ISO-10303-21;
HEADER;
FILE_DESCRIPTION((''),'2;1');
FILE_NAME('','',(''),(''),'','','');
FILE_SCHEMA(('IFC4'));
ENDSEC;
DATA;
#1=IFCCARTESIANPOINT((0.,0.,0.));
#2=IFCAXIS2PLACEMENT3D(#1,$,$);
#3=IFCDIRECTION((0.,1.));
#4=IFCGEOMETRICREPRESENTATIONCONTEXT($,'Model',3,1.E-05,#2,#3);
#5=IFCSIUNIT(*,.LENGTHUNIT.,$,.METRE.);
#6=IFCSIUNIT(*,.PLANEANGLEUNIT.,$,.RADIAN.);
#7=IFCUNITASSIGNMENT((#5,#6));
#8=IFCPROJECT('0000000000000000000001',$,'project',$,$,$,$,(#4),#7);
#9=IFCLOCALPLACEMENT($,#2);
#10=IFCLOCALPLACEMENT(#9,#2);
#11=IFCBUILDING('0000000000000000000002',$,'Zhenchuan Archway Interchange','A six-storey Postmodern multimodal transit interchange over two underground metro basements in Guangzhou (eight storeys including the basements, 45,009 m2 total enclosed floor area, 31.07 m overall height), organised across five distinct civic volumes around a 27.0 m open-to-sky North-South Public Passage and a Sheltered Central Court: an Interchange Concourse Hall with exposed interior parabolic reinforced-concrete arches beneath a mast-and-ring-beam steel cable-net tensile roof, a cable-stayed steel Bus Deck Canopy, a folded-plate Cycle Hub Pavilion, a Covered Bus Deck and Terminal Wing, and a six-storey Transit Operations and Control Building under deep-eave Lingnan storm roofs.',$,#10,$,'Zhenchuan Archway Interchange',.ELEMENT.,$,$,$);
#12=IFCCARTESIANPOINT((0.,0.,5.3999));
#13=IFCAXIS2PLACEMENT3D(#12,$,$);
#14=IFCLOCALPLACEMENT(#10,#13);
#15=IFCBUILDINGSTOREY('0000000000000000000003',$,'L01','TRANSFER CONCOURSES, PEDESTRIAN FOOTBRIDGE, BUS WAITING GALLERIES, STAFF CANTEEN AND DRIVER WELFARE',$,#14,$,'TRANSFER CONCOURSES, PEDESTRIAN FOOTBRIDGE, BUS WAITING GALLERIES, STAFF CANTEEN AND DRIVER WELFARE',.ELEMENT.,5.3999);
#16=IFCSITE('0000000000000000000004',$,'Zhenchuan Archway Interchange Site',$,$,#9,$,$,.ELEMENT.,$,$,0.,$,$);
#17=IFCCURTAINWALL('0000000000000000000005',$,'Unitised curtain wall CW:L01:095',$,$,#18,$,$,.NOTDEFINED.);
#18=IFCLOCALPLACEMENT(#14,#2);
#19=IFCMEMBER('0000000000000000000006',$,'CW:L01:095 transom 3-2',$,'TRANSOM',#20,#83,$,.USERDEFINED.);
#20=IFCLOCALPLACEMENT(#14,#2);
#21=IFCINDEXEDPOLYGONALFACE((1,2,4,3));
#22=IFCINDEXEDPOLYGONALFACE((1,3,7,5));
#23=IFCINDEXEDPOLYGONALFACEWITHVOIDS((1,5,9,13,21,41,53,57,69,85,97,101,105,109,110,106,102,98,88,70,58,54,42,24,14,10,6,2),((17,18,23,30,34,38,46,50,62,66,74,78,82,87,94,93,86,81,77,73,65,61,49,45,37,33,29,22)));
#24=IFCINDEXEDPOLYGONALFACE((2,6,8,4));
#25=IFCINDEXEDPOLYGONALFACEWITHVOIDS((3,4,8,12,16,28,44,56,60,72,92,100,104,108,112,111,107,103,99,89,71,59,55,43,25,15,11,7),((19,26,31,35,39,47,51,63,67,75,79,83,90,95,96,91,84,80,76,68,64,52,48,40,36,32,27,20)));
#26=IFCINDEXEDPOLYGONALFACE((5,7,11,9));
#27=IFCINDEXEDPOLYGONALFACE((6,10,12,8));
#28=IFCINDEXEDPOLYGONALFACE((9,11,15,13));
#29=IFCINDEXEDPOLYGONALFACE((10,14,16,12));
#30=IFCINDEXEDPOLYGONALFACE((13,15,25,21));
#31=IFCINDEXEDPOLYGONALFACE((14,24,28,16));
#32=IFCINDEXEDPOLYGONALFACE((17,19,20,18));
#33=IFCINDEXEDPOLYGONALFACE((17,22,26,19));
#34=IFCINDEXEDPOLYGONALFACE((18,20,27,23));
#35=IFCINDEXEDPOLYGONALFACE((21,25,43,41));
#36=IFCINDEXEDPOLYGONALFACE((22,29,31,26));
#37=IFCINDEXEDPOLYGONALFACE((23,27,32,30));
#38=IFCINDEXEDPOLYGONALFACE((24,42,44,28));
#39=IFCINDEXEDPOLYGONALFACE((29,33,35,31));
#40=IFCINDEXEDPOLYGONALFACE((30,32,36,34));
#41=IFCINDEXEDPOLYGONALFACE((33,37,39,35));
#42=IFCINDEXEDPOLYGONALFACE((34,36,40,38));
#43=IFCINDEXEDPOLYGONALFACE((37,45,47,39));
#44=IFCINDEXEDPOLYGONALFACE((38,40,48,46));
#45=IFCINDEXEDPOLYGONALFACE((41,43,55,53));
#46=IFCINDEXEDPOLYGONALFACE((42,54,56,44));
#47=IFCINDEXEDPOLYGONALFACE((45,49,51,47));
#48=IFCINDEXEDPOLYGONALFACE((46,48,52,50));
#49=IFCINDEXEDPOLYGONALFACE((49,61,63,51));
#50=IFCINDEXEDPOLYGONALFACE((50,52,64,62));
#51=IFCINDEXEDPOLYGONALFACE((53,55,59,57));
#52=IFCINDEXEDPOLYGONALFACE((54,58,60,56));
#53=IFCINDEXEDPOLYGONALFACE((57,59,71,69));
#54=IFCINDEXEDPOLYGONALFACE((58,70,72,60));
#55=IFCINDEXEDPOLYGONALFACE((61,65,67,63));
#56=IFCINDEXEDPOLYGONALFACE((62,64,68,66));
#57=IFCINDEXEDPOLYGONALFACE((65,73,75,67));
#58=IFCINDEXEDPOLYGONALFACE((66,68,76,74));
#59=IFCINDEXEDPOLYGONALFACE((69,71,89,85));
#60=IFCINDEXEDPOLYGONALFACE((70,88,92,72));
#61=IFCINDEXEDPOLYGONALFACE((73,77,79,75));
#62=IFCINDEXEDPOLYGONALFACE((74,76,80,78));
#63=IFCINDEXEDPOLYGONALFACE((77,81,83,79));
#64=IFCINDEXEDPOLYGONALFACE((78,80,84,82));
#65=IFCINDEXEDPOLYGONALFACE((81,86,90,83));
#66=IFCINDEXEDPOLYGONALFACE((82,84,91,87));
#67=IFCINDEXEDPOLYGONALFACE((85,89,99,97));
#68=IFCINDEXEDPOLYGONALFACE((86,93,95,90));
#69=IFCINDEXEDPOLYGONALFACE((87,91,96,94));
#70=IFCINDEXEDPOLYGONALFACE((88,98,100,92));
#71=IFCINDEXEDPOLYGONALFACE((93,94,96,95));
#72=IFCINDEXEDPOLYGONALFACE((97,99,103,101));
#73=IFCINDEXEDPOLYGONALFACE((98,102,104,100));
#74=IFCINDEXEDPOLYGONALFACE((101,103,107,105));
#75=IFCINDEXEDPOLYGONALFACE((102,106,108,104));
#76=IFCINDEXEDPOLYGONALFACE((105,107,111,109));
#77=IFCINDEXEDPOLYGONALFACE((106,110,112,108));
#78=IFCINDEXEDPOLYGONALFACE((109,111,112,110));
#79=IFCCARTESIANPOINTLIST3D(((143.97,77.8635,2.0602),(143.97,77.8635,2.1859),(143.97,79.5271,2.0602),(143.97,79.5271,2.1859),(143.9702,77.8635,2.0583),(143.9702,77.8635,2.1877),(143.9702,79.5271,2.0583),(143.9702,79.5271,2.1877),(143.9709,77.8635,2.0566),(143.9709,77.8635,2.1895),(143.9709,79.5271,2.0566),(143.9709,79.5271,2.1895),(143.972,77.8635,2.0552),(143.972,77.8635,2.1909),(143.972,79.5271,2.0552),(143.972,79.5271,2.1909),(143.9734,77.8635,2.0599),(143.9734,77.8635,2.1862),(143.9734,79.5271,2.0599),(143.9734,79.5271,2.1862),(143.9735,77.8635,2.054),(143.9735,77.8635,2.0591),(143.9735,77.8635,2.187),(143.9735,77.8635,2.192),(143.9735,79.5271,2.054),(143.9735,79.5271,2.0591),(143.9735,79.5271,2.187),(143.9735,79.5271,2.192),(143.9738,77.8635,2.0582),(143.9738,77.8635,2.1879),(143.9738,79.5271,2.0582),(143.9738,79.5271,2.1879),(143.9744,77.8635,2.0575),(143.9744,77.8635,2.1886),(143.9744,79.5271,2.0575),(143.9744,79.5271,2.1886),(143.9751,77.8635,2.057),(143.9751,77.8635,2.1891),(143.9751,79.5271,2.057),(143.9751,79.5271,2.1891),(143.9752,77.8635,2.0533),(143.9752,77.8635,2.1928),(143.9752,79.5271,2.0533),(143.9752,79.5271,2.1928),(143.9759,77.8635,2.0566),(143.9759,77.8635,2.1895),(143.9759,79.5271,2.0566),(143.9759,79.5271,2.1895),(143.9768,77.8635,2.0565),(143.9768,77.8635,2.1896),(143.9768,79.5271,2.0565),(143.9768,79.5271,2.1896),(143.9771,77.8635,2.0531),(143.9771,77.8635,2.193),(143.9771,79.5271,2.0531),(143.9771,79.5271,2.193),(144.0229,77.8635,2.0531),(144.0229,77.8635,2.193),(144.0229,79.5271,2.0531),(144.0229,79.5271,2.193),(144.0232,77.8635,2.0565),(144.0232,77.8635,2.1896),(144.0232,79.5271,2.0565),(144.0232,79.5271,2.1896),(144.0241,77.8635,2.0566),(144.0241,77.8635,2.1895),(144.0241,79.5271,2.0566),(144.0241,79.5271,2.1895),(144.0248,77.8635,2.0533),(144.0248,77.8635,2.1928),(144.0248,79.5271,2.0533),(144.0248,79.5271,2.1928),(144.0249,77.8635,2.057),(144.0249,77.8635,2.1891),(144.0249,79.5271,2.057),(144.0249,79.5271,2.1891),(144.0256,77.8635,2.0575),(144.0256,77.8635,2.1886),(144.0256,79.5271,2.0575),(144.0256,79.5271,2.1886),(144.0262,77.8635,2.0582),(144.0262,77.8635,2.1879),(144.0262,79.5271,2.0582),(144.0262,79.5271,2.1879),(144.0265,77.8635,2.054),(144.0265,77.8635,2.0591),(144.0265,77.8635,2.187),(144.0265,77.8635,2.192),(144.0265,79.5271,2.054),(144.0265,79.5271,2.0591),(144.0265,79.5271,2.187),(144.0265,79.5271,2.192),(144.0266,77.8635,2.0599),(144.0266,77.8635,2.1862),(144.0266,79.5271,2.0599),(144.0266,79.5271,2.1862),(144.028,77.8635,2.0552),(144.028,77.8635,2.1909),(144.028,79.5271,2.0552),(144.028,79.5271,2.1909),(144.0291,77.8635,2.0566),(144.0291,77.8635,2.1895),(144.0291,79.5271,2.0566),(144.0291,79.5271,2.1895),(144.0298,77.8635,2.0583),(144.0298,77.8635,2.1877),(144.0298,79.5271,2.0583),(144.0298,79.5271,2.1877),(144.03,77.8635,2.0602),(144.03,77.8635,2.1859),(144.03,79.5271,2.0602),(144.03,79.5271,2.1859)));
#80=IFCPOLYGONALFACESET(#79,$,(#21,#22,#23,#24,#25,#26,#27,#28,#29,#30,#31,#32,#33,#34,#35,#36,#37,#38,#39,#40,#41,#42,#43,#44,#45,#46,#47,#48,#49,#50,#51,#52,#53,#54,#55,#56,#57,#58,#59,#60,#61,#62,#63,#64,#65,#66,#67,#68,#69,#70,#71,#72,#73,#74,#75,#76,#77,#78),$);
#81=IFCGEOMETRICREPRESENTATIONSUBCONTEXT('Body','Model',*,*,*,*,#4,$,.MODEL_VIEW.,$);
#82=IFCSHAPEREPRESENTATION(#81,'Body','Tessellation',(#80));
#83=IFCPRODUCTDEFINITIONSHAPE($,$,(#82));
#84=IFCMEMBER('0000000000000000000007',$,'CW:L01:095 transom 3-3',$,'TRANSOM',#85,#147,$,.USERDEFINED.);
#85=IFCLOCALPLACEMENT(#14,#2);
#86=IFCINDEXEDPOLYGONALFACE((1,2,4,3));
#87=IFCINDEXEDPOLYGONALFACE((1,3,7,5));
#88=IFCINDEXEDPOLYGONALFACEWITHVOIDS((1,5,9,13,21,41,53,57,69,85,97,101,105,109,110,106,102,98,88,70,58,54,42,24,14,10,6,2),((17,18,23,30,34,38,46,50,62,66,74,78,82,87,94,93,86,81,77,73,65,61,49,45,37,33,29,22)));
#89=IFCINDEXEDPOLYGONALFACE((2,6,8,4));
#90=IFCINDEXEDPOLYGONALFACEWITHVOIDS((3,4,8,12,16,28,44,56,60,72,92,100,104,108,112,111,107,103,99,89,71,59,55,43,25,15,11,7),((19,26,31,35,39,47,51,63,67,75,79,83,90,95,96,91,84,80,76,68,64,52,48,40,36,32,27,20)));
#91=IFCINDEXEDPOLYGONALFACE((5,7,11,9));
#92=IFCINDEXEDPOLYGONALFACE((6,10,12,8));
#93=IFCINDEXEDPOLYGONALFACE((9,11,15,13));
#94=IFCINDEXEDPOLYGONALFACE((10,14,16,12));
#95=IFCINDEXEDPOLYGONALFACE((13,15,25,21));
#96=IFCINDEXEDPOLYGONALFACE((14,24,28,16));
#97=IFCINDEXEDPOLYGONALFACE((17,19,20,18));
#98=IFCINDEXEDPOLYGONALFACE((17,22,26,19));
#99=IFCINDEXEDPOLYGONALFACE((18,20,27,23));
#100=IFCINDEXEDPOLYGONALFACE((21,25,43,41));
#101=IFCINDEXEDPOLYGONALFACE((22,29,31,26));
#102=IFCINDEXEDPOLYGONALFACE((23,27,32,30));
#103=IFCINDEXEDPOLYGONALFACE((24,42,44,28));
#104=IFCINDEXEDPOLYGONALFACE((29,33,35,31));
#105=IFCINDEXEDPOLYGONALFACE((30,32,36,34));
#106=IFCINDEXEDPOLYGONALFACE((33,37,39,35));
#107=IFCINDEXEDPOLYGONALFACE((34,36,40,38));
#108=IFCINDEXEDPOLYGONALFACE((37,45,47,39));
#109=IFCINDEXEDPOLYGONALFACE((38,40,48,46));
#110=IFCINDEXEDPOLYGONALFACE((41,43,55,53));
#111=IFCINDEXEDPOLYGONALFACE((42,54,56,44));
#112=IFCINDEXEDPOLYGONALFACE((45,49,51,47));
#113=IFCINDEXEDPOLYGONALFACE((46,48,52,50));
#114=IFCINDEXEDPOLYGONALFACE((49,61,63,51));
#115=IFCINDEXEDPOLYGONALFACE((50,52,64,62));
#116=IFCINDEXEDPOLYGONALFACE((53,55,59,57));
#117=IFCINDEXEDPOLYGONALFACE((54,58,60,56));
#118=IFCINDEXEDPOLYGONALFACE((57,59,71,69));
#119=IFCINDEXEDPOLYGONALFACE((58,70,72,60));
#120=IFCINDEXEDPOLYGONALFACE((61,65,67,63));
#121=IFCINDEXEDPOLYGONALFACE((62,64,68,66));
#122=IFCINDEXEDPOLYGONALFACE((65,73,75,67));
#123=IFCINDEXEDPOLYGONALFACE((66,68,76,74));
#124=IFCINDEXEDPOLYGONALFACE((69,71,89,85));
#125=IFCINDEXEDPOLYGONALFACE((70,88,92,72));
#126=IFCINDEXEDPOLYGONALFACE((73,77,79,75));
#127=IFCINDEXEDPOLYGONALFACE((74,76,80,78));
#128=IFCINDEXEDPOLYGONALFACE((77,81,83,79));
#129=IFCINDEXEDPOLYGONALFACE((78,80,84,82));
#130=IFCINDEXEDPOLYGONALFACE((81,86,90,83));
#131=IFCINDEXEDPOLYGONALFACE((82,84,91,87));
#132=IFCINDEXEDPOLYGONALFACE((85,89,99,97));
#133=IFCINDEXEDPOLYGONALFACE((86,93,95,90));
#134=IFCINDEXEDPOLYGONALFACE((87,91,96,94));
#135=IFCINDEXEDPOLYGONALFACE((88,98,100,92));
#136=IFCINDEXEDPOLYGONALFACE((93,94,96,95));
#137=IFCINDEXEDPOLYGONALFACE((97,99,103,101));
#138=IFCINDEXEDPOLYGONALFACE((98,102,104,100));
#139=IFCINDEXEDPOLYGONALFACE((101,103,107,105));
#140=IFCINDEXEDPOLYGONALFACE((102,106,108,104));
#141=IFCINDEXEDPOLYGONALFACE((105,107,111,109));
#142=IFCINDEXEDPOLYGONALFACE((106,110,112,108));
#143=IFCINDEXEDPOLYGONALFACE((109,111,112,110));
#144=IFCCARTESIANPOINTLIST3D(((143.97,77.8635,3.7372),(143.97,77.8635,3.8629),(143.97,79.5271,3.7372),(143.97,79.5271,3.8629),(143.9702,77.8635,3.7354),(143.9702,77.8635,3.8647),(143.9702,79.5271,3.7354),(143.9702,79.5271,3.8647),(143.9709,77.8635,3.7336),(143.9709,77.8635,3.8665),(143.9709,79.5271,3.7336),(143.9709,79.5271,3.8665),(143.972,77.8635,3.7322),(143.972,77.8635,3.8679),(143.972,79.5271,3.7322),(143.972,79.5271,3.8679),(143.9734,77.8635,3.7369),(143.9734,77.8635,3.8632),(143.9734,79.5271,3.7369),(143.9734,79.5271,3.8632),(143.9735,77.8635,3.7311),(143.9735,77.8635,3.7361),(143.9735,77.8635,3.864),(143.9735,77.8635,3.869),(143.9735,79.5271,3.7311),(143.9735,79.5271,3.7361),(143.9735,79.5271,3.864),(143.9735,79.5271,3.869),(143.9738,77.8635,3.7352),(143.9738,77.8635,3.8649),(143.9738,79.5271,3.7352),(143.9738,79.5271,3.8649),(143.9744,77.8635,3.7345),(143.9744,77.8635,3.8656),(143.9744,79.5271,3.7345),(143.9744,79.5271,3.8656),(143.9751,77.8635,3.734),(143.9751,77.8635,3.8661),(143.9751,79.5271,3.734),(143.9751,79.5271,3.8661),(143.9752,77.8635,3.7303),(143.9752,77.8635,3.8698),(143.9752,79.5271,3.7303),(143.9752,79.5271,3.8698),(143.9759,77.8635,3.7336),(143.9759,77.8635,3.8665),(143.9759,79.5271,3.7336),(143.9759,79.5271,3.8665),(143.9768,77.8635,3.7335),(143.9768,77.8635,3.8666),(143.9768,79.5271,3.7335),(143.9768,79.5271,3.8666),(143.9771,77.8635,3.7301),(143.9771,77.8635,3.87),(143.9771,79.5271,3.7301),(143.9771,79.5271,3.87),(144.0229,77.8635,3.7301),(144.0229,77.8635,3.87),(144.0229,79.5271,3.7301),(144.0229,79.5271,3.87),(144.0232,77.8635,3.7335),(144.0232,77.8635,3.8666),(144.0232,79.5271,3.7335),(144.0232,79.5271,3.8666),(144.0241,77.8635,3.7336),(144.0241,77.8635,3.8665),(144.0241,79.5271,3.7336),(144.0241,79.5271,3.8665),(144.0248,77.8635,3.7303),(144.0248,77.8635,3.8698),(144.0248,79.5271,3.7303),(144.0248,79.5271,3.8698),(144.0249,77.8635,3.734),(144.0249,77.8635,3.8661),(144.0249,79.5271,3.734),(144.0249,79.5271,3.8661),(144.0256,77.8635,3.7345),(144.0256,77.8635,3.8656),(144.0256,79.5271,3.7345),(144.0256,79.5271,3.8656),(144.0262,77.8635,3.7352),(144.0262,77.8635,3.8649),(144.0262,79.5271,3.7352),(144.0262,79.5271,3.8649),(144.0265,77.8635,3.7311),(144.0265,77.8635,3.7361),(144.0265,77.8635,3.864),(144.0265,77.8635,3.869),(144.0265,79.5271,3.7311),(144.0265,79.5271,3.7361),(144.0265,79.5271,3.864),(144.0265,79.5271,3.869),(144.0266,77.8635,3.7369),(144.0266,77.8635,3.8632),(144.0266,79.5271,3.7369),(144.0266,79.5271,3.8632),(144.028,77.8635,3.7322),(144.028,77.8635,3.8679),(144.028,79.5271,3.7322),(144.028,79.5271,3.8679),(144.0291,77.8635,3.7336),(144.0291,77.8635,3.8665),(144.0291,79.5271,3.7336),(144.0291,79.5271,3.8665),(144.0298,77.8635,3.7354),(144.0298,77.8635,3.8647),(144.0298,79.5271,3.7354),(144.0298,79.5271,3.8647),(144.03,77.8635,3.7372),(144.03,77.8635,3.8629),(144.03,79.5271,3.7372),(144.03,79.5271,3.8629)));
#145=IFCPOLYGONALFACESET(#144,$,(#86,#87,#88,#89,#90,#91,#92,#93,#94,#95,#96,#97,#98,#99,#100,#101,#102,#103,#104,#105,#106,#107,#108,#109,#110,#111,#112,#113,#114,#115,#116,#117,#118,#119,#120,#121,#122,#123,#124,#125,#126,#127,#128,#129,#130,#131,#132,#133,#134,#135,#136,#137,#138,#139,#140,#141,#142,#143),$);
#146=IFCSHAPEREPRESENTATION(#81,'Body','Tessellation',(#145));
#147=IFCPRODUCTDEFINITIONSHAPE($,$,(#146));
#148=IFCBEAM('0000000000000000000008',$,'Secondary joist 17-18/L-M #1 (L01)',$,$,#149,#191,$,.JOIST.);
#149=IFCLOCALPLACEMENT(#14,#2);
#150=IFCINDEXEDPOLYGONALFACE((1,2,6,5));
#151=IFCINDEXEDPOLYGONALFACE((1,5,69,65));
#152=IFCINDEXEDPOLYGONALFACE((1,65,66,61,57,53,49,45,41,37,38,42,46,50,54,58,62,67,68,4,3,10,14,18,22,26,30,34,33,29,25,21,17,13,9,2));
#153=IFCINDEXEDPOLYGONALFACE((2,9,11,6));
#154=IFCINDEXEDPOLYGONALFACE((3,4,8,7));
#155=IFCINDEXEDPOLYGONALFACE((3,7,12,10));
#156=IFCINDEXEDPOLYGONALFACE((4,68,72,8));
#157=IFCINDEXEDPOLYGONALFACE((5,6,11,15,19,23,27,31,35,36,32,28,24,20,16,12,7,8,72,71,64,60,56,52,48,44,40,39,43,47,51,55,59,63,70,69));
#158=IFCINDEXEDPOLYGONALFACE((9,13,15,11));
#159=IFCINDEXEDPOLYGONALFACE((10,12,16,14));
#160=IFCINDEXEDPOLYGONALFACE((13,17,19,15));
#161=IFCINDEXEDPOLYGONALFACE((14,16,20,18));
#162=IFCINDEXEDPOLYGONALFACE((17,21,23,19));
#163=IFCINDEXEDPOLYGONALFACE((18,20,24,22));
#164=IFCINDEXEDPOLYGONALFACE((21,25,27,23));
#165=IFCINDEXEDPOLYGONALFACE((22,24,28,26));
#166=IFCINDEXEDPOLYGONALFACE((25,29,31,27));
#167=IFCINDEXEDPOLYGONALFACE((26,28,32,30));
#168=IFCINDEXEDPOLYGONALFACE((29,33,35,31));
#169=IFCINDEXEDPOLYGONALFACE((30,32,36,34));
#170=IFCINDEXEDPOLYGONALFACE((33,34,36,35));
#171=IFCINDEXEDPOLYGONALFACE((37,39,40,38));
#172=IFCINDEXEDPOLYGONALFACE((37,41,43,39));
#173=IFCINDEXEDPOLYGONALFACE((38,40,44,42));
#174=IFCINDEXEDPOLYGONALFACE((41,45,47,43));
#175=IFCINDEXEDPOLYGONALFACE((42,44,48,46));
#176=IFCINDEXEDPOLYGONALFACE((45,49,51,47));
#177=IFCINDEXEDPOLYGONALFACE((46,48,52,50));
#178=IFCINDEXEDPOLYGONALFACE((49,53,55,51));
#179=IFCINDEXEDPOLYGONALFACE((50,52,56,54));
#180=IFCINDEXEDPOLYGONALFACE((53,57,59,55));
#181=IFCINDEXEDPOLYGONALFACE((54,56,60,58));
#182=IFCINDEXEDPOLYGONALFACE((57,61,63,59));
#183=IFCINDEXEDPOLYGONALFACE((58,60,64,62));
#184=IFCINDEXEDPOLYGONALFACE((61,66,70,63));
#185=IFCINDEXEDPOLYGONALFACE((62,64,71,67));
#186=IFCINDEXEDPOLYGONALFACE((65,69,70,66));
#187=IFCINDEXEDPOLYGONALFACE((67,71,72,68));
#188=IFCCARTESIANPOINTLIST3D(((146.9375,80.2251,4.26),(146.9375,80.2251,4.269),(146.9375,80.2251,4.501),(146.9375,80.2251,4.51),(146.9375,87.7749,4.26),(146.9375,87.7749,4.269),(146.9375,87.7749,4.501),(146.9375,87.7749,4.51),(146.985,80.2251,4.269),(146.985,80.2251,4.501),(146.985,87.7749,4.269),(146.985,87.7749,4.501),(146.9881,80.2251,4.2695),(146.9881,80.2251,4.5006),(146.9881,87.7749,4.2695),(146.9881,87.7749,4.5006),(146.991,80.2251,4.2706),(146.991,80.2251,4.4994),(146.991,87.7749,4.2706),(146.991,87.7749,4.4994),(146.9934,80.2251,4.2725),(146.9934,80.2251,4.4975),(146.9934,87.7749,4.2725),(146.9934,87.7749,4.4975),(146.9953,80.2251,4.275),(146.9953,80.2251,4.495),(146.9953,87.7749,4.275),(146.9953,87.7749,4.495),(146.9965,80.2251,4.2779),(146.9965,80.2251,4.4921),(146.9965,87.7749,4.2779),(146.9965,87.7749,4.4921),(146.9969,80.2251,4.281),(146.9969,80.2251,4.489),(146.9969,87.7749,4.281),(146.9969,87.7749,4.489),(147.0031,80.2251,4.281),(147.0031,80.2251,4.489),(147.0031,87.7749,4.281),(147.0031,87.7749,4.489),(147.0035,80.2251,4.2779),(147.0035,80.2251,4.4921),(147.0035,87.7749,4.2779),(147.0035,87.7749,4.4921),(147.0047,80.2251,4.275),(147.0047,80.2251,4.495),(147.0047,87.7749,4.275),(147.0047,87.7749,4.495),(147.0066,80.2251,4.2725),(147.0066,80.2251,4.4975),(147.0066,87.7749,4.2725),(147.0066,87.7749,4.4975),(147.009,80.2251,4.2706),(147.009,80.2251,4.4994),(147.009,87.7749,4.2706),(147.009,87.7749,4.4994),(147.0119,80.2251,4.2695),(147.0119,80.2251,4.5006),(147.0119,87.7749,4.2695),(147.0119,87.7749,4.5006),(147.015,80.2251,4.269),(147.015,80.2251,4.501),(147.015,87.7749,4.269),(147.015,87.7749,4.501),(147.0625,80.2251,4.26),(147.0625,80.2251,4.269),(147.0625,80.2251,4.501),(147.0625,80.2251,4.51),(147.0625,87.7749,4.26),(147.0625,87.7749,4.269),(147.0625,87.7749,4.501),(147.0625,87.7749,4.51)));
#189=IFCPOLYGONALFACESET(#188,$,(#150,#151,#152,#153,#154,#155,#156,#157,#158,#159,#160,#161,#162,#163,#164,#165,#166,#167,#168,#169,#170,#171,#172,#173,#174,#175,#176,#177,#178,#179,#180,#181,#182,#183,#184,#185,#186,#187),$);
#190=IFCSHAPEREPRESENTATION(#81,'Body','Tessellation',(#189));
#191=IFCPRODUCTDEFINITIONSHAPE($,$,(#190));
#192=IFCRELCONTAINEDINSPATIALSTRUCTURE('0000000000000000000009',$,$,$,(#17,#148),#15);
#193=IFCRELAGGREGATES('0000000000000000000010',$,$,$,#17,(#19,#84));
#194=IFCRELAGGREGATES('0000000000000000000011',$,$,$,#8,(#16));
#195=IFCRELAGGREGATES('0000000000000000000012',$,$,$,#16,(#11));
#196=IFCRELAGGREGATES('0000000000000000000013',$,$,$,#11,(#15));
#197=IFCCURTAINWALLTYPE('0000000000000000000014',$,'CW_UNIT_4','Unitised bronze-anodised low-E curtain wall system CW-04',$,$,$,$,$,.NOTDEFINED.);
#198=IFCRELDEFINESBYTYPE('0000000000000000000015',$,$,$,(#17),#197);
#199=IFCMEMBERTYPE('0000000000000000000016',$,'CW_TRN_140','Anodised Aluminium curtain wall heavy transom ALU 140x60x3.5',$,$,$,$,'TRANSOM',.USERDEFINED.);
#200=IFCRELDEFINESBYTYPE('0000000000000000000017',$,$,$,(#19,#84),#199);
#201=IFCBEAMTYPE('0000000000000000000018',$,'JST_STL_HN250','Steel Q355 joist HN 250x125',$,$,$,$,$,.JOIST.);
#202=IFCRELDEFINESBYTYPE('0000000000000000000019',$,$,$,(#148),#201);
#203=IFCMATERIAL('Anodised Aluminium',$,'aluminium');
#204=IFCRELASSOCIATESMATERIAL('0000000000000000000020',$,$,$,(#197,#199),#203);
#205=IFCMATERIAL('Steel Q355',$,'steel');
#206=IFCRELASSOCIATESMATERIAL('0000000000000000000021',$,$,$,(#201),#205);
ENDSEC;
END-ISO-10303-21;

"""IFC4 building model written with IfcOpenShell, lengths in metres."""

from ifc_helpers import new_model, si_unit, direction, frame, origin, origin_2d, place, context, subcontext, project, spatial, hollow_rectangle, i_section, extrude, material, material_profile, profile_set, type_object, element, aggregate, save


model = new_model("IFC4")

# Units and contexts
model_context = context("Model", 3, precision=1e-05, world=origin(), true_north=direction((0.0, 1.0)))
body_context = subcontext(model_context, "Body", "Model", "MODEL_VIEW")
ifc_project = project(units=[si_unit("LENGTHUNIT", "METRE"), si_unit("PLANEANGLEUNIT", "RADIAN")], contexts=[model_context])

# Site, building, storey
site_placement = place(None, origin())
site = spatial("IfcSite", under=ifc_project, at=site_placement, Name="Zhenchuan Archway Interchange Site", CompositionType="ELEMENT", RefElevation=0.0)
building_placement = place(site_placement, origin())
building = spatial("IfcBuilding", under=site, at=building_placement, Name="Zhenchuan Archway Interchange", Description="A six-storey Postmodern multimodal transit interchange over two underground metro basements in Guangzhou (eight storeys including the basements, 45,009 m2 total enclosed floor area, 31.07 m overall height), organised across five distinct civic volumes around a 27.0 m open-to-sky North-South Public Passage and a Sheltered Central Court: an Interchange Concourse Hall with exposed interior parabolic reinforced-concrete arches beneath a mast-and-ring-beam steel cable-net tensile roof, a cable-stayed steel Bus Deck Canopy, a folded-plate Cycle Hub Pavilion, a Covered Bus Deck and Terminal Wing, and a six-storey Transit Operations and Control Building under deep-eave Lingnan storm roofs.", LongName="Zhenchuan Archway Interchange", CompositionType="ELEMENT")
storey_placement = place(building_placement, frame((0.0, 0.0, 5.3999)))
storey = spatial("IfcBuildingStorey", under=building, at=storey_placement, Name="L01", Description="TRANSFER CONCOURSES, PEDESTRIAN FOOTBRIDGE, BUS WAITING GALLERIES, STAFF CANTEEN AND DRIVER WELFARE", LongName="TRANSFER CONCOURSES, PEDESTRIAN FOOTBRIDGE, BUS WAITING GALLERIES, STAFF CANTEEN AND DRIVER WELFARE", CompositionType="ELEMENT", Elevation=5.3999)

# Curtain wall, members
ifc_material_1 = material(Name="Anodised Aluminium", Category="aluminium")
curtain_wall_type = type_object("IfcCurtainWallType", Name="CW_UNIT_4", Description="Unitised bronze-anodised low-E curtain wall system CW-04", PredefinedType="NOTDEFINED", material=ifc_material_1)
curtain_wall_placement = place(storey_placement, origin())
curtain_wall = element("IfcCurtainWall", 1, at=curtain_wall_placement, inside=storey, type_object=curtain_wall_type, Name="Unitised curtain wall CW:L01:095", PredefinedType="NOTDEFINED")
ifc_material_profile_1 = material_profile(ifc_material_1, hollow_rectangle(XDim=0.0601, YDim=0.1399, WallThickness=0.0034, InnerFilletRadius=0.0034, OuterFilletRadius=0.0071, at=origin_2d()), Name="ALU 140x60x3.5")
ifc_profile_set_1 = profile_set([ifc_material_profile_1], Name="Anodised Aluminium")
member_type_1 = type_object("IfcMemberType", Name="CW_TRN_140", Description="Anodised Aluminium curtain wall heavy transom ALU 140x60x3.5", ElementType="TRANSOM", PredefinedType="USERDEFINED", material=ifc_profile_set_1)
member_1_placement = place(storey_placement, frame((144.0, 77.8635, 2.123), z_axis=(0.0, 1.0, 0.0), x_axis=(-1.0, 0.0, 0.0)))
member_1 = element("IfcMember", 2, at=member_1_placement, type_object=member_type_1, Name="CW:L01:095 transom 3-2", ObjectType="TRANSOM", PredefinedType="USERDEFINED", context=body_context, shape_type="SweptSolid", body=[
    extrude(hollow_rectangle(XDim=0.0601, YDim=0.1399, WallThickness=0.0034, InnerFilletRadius=0.0034, OuterFilletRadius=0.0071, at=origin_2d()), origin(), (0.0, 0.0, 1.0), 1.6636),
])
member_2_placement = place(storey_placement, frame((144.0, 77.8635, 3.8), z_axis=(0.0, 1.0, 0.0), x_axis=(-1.0, 0.0, 0.0)))
member_2 = element("IfcMember", 3, at=member_2_placement, type_object=member_type_1, Name="CW:L01:095 transom 3-3", ObjectType="TRANSOM", PredefinedType="USERDEFINED", context=body_context, shape_type="SweptSolid", body=[
    extrude(hollow_rectangle(XDim=0.0601, YDim=0.1399, WallThickness=0.0034, InnerFilletRadius=0.0034, OuterFilletRadius=0.0071, at=origin_2d()), origin(), (0.0, 0.0, 1.0), 1.6636),
])

# Beam
ifc_material_2 = material(Name="Steel Q355", Category="steel")
ifc_material_profile_2 = material_profile(ifc_material_2, i_section(OverallWidth=0.125, OverallDepth=0.25, WebThickness=0.0061, FlangeThickness=0.009, FilletRadius=0.012, at=origin_2d()), Name="HN 250x125")
ifc_profile_set_2 = profile_set([ifc_material_profile_2], Name="Steel Q355")
beam_type_1 = type_object("IfcBeamType", Name="JST_STL_HN250", Description="Steel Q355 joist HN 250x125", PredefinedType="JOIST", material=ifc_profile_set_2)
for number, where, z_axis, x_axis, name in (
    (4, (147.0, 80.2251, 4.385), (0.0, 1.0, 0.0), (-1.0, 0.0, 0.0), "Secondary joist 17-18/L-M #1 (L01)"),
):
    element("IfcBeam", number, at=place(storey_placement, frame(where, z_axis=z_axis, x_axis=x_axis)), inside=storey, type_object=beam_type_1, Name=name, PredefinedType="JOIST", context=body_context, shape_type="SweptSolid", body=[
        extrude(i_section(OverallWidth=0.125, OverallDepth=0.25, WebThickness=0.0061, FlangeThickness=0.009, FilletRadius=0.012, at=origin_2d()), origin(), (0.0, 0.0, 1.0), 7.5498),
    ])

aggregate(curtain_wall, [member_1, member_2])

save(model, "model.ifc")
